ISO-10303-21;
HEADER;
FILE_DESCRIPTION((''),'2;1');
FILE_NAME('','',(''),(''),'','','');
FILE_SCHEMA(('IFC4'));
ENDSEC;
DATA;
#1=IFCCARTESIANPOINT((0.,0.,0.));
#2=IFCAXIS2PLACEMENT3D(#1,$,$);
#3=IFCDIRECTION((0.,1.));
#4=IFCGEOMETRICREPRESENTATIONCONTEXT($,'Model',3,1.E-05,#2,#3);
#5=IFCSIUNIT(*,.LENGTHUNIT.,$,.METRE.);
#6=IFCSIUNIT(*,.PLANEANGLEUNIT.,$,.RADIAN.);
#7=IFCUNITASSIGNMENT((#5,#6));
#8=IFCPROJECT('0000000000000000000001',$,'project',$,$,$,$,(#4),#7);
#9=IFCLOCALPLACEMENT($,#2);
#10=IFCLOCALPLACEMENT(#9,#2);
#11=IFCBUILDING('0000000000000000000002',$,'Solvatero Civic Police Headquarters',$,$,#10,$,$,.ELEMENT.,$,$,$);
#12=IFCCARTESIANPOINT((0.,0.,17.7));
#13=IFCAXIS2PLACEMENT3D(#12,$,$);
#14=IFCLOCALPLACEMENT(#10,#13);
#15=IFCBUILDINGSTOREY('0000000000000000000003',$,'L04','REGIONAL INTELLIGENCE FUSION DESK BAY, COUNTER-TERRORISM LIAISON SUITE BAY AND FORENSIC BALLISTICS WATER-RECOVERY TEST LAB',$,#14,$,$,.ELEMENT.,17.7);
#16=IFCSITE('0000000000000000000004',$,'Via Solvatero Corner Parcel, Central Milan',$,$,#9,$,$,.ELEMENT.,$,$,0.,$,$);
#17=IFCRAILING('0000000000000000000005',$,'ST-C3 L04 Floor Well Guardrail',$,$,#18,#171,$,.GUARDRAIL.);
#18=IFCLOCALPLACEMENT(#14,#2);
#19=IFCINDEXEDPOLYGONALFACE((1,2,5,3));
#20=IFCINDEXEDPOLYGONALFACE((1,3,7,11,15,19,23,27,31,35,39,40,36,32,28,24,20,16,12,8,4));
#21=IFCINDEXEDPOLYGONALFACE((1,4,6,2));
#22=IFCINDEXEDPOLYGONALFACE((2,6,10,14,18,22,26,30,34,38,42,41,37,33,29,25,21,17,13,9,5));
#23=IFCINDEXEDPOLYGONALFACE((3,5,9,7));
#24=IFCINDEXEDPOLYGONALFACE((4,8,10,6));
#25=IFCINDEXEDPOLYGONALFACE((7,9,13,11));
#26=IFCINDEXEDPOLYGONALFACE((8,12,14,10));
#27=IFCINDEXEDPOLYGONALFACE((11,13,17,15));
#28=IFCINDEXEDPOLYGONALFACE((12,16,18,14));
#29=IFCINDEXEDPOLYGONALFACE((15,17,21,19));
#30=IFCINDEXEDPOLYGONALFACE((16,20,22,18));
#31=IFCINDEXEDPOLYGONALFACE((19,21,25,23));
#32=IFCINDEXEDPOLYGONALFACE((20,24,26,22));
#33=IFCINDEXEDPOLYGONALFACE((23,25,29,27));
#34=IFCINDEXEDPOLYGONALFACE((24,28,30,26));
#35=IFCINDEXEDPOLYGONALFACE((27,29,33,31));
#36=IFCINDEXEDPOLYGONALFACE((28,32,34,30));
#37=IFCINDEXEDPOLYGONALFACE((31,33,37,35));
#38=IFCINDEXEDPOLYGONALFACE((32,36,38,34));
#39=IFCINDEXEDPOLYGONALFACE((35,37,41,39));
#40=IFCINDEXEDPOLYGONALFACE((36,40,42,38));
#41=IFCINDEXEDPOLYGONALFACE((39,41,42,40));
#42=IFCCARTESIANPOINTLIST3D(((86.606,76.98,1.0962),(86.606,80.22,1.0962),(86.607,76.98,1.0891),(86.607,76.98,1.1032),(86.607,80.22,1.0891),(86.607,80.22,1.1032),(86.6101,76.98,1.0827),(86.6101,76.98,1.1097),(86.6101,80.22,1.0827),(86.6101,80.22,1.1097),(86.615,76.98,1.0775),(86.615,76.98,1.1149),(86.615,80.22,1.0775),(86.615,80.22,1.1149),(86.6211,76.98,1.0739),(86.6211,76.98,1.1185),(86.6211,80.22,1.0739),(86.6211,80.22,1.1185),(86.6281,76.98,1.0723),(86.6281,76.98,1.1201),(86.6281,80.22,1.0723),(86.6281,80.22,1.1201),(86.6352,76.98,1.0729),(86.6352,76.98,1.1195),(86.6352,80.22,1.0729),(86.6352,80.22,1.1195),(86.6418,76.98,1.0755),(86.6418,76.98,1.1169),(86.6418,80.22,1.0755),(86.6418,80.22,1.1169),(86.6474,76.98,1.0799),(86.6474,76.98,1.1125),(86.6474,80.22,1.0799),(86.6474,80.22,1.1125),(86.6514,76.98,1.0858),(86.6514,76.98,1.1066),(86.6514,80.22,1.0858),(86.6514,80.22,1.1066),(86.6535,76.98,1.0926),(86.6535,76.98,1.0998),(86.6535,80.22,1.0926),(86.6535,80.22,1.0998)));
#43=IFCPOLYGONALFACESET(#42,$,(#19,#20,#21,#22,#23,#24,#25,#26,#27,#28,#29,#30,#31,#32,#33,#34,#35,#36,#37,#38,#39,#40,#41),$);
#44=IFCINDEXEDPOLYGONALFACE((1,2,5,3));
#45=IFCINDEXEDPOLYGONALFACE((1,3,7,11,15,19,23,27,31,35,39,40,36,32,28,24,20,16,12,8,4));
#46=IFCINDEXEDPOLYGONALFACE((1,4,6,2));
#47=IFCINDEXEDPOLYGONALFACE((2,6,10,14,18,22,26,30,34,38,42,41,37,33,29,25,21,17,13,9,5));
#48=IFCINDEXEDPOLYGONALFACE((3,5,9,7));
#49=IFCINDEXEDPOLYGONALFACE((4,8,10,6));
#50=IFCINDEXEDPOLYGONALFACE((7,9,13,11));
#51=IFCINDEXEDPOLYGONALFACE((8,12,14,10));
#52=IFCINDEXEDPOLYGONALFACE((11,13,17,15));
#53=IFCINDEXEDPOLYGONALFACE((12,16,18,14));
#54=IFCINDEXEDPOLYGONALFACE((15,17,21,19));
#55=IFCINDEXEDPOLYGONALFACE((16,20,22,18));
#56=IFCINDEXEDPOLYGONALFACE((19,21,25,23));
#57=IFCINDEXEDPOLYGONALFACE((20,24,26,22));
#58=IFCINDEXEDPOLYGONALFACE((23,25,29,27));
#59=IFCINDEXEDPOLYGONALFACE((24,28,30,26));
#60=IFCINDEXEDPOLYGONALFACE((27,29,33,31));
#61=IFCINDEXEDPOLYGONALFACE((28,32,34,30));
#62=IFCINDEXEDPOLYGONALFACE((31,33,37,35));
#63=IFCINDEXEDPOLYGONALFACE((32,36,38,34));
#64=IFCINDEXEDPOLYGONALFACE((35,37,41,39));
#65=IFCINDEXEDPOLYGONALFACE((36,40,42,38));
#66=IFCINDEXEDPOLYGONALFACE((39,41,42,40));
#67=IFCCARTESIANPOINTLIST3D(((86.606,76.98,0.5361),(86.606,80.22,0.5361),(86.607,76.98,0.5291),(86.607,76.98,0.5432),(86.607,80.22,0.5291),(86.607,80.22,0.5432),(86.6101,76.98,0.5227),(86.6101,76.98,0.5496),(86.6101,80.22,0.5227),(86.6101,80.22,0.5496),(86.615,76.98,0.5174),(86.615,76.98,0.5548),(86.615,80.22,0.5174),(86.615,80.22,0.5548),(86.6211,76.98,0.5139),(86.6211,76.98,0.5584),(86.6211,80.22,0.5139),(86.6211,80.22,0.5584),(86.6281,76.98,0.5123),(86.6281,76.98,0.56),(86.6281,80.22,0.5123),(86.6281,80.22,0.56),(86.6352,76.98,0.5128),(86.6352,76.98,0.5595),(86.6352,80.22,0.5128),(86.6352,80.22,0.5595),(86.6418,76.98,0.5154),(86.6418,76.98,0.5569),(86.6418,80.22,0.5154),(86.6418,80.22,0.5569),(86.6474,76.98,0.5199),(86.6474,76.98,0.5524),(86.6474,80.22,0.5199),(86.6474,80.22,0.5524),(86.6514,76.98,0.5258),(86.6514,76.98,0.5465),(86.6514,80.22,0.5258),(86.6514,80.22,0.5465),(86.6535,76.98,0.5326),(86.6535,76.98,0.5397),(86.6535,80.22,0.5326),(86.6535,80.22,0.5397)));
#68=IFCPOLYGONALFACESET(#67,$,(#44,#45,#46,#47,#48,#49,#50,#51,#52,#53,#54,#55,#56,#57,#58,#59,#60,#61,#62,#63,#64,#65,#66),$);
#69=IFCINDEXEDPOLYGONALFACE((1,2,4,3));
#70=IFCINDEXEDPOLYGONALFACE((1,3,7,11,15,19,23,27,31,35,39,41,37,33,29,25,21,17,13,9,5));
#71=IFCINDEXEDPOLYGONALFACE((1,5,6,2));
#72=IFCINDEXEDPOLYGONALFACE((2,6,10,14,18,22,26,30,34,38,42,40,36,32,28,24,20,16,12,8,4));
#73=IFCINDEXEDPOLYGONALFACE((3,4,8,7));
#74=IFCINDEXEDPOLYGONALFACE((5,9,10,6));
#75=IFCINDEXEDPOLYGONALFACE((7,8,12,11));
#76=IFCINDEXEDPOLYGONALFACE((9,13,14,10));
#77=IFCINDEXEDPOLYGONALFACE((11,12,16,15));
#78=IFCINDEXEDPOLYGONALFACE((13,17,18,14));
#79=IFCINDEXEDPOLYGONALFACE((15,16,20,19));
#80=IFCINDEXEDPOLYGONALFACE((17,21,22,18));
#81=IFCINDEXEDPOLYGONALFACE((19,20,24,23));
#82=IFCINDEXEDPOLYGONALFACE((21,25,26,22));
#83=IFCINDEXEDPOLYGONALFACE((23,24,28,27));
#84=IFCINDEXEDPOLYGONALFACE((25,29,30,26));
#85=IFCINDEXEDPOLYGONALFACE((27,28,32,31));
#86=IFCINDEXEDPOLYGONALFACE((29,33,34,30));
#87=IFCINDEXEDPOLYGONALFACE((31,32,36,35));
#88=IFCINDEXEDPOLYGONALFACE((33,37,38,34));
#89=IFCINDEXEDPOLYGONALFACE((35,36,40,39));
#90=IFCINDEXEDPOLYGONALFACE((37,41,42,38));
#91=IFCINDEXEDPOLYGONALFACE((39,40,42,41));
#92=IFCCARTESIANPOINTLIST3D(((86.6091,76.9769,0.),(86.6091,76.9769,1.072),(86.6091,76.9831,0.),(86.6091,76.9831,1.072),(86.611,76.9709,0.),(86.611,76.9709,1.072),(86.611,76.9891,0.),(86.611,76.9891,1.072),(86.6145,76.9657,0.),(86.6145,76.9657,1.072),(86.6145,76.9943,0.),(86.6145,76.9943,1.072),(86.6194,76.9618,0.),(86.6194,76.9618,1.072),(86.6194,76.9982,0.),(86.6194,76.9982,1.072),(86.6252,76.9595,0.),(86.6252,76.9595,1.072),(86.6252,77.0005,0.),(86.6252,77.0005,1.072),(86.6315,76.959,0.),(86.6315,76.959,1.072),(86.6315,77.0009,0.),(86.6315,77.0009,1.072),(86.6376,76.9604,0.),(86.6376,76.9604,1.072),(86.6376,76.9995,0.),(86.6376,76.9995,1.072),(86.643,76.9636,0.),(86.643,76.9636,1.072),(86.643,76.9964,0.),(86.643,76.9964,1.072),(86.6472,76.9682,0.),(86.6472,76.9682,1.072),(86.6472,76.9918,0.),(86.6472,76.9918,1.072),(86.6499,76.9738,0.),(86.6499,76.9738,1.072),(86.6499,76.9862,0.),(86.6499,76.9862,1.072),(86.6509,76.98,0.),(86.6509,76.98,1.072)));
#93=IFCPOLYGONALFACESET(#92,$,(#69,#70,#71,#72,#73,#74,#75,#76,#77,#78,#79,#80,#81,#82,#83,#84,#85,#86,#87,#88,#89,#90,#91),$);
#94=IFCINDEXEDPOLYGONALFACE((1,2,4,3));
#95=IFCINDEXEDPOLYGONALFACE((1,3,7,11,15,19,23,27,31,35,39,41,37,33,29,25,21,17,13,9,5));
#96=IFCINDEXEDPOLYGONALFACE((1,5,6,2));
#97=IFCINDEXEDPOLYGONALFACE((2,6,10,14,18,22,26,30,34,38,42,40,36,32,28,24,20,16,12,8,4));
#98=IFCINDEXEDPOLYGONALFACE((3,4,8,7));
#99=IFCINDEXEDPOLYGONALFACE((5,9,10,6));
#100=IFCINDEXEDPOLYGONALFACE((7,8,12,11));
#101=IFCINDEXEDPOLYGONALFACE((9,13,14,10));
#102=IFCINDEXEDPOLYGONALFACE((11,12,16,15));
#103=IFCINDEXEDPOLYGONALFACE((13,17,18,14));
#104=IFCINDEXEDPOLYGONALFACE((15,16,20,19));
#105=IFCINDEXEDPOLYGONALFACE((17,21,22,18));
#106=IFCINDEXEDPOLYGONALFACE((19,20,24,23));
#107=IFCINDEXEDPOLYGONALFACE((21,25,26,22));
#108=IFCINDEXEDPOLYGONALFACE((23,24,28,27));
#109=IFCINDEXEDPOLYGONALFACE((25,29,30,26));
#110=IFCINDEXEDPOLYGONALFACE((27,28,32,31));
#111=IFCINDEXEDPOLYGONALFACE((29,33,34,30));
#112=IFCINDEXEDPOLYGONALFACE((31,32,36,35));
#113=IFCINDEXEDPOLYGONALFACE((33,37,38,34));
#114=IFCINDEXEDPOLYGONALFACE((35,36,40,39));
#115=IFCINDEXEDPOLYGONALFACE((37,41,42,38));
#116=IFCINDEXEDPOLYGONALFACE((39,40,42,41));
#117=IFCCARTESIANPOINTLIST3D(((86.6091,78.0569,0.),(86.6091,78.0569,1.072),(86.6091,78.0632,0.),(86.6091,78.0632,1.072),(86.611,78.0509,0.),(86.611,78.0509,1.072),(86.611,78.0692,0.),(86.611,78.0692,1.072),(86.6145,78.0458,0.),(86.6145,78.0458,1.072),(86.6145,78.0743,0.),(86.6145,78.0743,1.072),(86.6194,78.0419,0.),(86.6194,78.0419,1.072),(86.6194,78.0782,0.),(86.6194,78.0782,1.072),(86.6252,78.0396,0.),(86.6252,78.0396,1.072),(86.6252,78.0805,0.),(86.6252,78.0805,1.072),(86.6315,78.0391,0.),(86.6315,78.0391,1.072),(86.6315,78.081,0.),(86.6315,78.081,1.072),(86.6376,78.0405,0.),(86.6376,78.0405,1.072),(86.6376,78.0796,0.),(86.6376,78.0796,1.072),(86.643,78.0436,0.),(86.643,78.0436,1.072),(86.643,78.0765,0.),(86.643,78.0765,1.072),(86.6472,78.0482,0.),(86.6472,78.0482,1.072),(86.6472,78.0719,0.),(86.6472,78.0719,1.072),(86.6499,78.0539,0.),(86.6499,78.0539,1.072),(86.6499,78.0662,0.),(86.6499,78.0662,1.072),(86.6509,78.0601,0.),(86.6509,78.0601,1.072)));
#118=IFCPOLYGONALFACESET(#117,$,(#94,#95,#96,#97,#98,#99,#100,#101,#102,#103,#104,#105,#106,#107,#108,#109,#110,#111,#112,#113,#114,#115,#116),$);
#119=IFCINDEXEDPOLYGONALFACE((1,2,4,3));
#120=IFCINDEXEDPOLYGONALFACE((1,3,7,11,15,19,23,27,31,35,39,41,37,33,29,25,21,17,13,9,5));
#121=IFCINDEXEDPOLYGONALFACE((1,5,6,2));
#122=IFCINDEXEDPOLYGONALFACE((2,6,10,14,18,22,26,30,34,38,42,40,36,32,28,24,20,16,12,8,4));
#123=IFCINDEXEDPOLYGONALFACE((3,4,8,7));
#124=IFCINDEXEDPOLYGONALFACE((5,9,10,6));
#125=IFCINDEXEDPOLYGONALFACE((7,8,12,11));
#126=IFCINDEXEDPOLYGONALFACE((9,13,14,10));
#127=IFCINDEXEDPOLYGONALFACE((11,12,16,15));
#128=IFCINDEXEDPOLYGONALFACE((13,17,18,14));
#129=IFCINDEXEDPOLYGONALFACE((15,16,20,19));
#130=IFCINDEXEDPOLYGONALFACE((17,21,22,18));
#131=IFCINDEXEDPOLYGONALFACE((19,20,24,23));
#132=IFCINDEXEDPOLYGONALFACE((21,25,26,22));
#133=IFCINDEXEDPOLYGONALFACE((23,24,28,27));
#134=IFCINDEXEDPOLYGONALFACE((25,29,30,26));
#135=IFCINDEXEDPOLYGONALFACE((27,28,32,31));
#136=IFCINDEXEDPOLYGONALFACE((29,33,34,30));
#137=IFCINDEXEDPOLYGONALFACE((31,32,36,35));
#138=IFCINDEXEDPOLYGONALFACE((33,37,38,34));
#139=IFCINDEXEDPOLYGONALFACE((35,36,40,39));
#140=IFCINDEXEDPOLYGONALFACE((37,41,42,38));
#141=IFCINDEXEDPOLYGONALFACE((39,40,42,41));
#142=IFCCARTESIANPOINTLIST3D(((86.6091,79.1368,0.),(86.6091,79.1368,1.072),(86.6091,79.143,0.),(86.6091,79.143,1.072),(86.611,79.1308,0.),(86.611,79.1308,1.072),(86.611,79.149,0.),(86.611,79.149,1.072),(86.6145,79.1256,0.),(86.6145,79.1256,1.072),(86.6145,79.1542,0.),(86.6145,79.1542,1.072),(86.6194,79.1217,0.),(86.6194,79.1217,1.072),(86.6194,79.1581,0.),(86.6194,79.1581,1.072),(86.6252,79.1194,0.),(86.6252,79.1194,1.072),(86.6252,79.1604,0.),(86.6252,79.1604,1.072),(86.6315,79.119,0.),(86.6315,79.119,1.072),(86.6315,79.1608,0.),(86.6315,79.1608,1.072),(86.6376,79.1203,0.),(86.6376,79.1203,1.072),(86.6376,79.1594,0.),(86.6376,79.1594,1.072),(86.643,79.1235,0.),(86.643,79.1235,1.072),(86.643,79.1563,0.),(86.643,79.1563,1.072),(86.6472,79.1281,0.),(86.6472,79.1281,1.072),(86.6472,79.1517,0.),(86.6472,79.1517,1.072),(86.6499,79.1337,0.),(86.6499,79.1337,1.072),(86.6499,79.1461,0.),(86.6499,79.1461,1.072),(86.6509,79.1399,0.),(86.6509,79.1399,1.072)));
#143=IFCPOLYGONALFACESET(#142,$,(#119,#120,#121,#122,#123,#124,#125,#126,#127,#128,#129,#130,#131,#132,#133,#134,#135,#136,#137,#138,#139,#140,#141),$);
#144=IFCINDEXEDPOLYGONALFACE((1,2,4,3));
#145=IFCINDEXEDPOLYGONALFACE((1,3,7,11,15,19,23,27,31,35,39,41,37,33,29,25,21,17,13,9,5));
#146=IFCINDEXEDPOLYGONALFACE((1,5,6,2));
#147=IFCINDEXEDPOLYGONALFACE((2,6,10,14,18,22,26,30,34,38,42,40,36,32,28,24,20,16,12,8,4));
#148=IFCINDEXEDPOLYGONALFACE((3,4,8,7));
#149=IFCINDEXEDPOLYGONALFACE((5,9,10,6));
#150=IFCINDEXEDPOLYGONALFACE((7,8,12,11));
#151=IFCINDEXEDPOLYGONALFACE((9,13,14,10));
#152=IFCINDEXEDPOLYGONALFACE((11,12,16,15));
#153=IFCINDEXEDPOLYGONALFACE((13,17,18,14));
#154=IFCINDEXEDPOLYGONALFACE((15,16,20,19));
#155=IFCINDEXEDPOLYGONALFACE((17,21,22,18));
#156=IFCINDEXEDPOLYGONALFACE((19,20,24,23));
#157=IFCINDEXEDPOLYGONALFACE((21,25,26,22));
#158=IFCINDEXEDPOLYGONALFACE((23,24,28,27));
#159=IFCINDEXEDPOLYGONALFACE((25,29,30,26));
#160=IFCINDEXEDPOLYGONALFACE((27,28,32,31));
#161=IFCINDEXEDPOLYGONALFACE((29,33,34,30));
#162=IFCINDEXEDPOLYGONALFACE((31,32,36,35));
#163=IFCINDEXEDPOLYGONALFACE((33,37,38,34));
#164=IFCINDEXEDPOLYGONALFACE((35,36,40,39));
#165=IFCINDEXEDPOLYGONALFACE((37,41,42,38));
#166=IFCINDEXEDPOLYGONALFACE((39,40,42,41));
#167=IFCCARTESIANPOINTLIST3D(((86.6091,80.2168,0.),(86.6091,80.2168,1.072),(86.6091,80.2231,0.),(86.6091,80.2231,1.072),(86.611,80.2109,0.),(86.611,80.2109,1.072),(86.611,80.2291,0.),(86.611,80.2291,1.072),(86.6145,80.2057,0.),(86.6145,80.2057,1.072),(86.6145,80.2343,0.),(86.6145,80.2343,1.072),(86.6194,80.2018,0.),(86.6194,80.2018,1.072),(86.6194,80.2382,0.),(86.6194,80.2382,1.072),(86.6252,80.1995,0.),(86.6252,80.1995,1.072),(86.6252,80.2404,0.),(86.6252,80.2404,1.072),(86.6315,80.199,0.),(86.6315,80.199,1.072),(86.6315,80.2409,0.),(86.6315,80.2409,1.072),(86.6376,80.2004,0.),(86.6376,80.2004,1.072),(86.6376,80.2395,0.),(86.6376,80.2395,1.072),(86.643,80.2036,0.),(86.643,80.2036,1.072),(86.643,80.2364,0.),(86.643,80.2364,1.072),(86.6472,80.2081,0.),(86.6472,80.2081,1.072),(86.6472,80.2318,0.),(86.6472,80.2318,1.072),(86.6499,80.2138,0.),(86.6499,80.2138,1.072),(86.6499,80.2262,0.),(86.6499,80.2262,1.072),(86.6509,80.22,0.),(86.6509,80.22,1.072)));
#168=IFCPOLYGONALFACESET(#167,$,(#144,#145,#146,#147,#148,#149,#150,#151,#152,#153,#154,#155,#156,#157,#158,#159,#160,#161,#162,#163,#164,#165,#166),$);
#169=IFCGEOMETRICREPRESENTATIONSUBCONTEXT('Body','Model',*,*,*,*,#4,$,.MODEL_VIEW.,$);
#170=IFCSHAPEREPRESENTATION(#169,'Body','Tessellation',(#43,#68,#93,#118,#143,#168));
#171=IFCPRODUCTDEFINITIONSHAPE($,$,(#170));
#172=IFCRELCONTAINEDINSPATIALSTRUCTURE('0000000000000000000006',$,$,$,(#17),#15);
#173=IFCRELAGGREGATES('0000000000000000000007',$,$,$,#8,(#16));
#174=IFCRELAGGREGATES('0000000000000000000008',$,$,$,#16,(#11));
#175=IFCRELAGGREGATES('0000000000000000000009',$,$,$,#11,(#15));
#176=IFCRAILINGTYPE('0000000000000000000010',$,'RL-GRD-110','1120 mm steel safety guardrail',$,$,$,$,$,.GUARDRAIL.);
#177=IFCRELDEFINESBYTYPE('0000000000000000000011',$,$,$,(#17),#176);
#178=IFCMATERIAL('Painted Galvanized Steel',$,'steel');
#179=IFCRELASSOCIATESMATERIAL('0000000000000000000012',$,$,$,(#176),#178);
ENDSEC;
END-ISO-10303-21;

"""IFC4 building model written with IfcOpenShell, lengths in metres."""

from ifc_helpers import new_model, si_unit, direction, frame, origin, origin_2d, place, context, subcontext, project, spatial, circle, extrude, material, type_object, element, save


model = new_model("IFC4")

# Units and contexts
model_context = context("Model", 3, precision=1e-05, world=origin(), true_north=direction((0.0, 1.0)))
body_context = subcontext(model_context, "Body", "Model", "MODEL_VIEW")
ifc_project = project(units=[si_unit("LENGTHUNIT", "METRE"), si_unit("PLANEANGLEUNIT", "RADIAN")], contexts=[model_context])

# Site, building, storey
site_placement = place(None, origin())
site = spatial("IfcSite", under=ifc_project, at=site_placement, Name="Via Solvatero Corner Parcel, Central Milan", CompositionType="ELEMENT", RefElevation=0.0)
building_placement = place(site_placement, origin())
building = spatial("IfcBuilding", under=site, at=building_placement, Name="Solvatero Civic Police Headquarters", CompositionType="ELEMENT")
storey_placement = place(building_placement, frame((0.0, 0.0, 17.7)))
storey = spatial("IfcBuildingStorey", under=building, at=storey_placement, Name="L04", Description="REGIONAL INTELLIGENCE FUSION DESK BAY, COUNTER-TERRORISM LIAISON SUITE BAY AND FORENSIC BALLISTICS WATER-RECOVERY TEST LAB", CompositionType="ELEMENT", Elevation=17.7)

# Railing
ifc_material_1 = material(Name="Painted Galvanized Steel", Category="steel")
railing_type_1 = type_object("IfcRailingType", Name="RL-GRD-110", Description="1120 mm steel safety guardrail", PredefinedType="GUARDRAIL", material=ifc_material_1)
railing_1_placement = place(storey_placement, frame((86.6299, 76.98, 0.0)))
element("IfcRailing", 1, at=railing_1_placement, inside=storey, type_object=railing_type_1, Name="ST-C3 L04 Floor Well Guardrail", PredefinedType="GUARDRAIL", context=body_context, shape_type="SweptSolid", body=[
    extrude(circle(Radius=0.0239, at=origin_2d()), frame((0.0, 0.0, 1.0962), z_axis=(0.0, 1.0, 0.0), x_axis=(-1.0, 0.0, 0.0)), (0.0, 0.0, 1.0), 3.24),
    extrude(circle(Radius=0.0239, at=origin_2d()), frame((0.0, 0.0, 0.5361), z_axis=(0.0, 1.0, 0.0), x_axis=(-1.0, 0.0, 0.0)), (0.0, 0.0, 1.0), 3.24),
    extrude(circle(Radius=0.021, at=origin_2d()), origin(), (0.0, 0.0, 1.0), 1.072),
    extrude(circle(Radius=0.021, at=origin_2d()), frame((0.0, 1.0801, 0.0)), (0.0, 0.0, 1.0), 1.072),
    extrude(circle(Radius=0.021, at=origin_2d()), frame((0.0, 2.1599, 0.0)), (0.0, 0.0, 1.0), 1.072),
    extrude(circle(Radius=0.021, at=origin_2d()), frame((0.0, 3.24, 0.0)), (0.0, 0.0, 1.0), 1.072),
])

save(model, "model.ifc")
